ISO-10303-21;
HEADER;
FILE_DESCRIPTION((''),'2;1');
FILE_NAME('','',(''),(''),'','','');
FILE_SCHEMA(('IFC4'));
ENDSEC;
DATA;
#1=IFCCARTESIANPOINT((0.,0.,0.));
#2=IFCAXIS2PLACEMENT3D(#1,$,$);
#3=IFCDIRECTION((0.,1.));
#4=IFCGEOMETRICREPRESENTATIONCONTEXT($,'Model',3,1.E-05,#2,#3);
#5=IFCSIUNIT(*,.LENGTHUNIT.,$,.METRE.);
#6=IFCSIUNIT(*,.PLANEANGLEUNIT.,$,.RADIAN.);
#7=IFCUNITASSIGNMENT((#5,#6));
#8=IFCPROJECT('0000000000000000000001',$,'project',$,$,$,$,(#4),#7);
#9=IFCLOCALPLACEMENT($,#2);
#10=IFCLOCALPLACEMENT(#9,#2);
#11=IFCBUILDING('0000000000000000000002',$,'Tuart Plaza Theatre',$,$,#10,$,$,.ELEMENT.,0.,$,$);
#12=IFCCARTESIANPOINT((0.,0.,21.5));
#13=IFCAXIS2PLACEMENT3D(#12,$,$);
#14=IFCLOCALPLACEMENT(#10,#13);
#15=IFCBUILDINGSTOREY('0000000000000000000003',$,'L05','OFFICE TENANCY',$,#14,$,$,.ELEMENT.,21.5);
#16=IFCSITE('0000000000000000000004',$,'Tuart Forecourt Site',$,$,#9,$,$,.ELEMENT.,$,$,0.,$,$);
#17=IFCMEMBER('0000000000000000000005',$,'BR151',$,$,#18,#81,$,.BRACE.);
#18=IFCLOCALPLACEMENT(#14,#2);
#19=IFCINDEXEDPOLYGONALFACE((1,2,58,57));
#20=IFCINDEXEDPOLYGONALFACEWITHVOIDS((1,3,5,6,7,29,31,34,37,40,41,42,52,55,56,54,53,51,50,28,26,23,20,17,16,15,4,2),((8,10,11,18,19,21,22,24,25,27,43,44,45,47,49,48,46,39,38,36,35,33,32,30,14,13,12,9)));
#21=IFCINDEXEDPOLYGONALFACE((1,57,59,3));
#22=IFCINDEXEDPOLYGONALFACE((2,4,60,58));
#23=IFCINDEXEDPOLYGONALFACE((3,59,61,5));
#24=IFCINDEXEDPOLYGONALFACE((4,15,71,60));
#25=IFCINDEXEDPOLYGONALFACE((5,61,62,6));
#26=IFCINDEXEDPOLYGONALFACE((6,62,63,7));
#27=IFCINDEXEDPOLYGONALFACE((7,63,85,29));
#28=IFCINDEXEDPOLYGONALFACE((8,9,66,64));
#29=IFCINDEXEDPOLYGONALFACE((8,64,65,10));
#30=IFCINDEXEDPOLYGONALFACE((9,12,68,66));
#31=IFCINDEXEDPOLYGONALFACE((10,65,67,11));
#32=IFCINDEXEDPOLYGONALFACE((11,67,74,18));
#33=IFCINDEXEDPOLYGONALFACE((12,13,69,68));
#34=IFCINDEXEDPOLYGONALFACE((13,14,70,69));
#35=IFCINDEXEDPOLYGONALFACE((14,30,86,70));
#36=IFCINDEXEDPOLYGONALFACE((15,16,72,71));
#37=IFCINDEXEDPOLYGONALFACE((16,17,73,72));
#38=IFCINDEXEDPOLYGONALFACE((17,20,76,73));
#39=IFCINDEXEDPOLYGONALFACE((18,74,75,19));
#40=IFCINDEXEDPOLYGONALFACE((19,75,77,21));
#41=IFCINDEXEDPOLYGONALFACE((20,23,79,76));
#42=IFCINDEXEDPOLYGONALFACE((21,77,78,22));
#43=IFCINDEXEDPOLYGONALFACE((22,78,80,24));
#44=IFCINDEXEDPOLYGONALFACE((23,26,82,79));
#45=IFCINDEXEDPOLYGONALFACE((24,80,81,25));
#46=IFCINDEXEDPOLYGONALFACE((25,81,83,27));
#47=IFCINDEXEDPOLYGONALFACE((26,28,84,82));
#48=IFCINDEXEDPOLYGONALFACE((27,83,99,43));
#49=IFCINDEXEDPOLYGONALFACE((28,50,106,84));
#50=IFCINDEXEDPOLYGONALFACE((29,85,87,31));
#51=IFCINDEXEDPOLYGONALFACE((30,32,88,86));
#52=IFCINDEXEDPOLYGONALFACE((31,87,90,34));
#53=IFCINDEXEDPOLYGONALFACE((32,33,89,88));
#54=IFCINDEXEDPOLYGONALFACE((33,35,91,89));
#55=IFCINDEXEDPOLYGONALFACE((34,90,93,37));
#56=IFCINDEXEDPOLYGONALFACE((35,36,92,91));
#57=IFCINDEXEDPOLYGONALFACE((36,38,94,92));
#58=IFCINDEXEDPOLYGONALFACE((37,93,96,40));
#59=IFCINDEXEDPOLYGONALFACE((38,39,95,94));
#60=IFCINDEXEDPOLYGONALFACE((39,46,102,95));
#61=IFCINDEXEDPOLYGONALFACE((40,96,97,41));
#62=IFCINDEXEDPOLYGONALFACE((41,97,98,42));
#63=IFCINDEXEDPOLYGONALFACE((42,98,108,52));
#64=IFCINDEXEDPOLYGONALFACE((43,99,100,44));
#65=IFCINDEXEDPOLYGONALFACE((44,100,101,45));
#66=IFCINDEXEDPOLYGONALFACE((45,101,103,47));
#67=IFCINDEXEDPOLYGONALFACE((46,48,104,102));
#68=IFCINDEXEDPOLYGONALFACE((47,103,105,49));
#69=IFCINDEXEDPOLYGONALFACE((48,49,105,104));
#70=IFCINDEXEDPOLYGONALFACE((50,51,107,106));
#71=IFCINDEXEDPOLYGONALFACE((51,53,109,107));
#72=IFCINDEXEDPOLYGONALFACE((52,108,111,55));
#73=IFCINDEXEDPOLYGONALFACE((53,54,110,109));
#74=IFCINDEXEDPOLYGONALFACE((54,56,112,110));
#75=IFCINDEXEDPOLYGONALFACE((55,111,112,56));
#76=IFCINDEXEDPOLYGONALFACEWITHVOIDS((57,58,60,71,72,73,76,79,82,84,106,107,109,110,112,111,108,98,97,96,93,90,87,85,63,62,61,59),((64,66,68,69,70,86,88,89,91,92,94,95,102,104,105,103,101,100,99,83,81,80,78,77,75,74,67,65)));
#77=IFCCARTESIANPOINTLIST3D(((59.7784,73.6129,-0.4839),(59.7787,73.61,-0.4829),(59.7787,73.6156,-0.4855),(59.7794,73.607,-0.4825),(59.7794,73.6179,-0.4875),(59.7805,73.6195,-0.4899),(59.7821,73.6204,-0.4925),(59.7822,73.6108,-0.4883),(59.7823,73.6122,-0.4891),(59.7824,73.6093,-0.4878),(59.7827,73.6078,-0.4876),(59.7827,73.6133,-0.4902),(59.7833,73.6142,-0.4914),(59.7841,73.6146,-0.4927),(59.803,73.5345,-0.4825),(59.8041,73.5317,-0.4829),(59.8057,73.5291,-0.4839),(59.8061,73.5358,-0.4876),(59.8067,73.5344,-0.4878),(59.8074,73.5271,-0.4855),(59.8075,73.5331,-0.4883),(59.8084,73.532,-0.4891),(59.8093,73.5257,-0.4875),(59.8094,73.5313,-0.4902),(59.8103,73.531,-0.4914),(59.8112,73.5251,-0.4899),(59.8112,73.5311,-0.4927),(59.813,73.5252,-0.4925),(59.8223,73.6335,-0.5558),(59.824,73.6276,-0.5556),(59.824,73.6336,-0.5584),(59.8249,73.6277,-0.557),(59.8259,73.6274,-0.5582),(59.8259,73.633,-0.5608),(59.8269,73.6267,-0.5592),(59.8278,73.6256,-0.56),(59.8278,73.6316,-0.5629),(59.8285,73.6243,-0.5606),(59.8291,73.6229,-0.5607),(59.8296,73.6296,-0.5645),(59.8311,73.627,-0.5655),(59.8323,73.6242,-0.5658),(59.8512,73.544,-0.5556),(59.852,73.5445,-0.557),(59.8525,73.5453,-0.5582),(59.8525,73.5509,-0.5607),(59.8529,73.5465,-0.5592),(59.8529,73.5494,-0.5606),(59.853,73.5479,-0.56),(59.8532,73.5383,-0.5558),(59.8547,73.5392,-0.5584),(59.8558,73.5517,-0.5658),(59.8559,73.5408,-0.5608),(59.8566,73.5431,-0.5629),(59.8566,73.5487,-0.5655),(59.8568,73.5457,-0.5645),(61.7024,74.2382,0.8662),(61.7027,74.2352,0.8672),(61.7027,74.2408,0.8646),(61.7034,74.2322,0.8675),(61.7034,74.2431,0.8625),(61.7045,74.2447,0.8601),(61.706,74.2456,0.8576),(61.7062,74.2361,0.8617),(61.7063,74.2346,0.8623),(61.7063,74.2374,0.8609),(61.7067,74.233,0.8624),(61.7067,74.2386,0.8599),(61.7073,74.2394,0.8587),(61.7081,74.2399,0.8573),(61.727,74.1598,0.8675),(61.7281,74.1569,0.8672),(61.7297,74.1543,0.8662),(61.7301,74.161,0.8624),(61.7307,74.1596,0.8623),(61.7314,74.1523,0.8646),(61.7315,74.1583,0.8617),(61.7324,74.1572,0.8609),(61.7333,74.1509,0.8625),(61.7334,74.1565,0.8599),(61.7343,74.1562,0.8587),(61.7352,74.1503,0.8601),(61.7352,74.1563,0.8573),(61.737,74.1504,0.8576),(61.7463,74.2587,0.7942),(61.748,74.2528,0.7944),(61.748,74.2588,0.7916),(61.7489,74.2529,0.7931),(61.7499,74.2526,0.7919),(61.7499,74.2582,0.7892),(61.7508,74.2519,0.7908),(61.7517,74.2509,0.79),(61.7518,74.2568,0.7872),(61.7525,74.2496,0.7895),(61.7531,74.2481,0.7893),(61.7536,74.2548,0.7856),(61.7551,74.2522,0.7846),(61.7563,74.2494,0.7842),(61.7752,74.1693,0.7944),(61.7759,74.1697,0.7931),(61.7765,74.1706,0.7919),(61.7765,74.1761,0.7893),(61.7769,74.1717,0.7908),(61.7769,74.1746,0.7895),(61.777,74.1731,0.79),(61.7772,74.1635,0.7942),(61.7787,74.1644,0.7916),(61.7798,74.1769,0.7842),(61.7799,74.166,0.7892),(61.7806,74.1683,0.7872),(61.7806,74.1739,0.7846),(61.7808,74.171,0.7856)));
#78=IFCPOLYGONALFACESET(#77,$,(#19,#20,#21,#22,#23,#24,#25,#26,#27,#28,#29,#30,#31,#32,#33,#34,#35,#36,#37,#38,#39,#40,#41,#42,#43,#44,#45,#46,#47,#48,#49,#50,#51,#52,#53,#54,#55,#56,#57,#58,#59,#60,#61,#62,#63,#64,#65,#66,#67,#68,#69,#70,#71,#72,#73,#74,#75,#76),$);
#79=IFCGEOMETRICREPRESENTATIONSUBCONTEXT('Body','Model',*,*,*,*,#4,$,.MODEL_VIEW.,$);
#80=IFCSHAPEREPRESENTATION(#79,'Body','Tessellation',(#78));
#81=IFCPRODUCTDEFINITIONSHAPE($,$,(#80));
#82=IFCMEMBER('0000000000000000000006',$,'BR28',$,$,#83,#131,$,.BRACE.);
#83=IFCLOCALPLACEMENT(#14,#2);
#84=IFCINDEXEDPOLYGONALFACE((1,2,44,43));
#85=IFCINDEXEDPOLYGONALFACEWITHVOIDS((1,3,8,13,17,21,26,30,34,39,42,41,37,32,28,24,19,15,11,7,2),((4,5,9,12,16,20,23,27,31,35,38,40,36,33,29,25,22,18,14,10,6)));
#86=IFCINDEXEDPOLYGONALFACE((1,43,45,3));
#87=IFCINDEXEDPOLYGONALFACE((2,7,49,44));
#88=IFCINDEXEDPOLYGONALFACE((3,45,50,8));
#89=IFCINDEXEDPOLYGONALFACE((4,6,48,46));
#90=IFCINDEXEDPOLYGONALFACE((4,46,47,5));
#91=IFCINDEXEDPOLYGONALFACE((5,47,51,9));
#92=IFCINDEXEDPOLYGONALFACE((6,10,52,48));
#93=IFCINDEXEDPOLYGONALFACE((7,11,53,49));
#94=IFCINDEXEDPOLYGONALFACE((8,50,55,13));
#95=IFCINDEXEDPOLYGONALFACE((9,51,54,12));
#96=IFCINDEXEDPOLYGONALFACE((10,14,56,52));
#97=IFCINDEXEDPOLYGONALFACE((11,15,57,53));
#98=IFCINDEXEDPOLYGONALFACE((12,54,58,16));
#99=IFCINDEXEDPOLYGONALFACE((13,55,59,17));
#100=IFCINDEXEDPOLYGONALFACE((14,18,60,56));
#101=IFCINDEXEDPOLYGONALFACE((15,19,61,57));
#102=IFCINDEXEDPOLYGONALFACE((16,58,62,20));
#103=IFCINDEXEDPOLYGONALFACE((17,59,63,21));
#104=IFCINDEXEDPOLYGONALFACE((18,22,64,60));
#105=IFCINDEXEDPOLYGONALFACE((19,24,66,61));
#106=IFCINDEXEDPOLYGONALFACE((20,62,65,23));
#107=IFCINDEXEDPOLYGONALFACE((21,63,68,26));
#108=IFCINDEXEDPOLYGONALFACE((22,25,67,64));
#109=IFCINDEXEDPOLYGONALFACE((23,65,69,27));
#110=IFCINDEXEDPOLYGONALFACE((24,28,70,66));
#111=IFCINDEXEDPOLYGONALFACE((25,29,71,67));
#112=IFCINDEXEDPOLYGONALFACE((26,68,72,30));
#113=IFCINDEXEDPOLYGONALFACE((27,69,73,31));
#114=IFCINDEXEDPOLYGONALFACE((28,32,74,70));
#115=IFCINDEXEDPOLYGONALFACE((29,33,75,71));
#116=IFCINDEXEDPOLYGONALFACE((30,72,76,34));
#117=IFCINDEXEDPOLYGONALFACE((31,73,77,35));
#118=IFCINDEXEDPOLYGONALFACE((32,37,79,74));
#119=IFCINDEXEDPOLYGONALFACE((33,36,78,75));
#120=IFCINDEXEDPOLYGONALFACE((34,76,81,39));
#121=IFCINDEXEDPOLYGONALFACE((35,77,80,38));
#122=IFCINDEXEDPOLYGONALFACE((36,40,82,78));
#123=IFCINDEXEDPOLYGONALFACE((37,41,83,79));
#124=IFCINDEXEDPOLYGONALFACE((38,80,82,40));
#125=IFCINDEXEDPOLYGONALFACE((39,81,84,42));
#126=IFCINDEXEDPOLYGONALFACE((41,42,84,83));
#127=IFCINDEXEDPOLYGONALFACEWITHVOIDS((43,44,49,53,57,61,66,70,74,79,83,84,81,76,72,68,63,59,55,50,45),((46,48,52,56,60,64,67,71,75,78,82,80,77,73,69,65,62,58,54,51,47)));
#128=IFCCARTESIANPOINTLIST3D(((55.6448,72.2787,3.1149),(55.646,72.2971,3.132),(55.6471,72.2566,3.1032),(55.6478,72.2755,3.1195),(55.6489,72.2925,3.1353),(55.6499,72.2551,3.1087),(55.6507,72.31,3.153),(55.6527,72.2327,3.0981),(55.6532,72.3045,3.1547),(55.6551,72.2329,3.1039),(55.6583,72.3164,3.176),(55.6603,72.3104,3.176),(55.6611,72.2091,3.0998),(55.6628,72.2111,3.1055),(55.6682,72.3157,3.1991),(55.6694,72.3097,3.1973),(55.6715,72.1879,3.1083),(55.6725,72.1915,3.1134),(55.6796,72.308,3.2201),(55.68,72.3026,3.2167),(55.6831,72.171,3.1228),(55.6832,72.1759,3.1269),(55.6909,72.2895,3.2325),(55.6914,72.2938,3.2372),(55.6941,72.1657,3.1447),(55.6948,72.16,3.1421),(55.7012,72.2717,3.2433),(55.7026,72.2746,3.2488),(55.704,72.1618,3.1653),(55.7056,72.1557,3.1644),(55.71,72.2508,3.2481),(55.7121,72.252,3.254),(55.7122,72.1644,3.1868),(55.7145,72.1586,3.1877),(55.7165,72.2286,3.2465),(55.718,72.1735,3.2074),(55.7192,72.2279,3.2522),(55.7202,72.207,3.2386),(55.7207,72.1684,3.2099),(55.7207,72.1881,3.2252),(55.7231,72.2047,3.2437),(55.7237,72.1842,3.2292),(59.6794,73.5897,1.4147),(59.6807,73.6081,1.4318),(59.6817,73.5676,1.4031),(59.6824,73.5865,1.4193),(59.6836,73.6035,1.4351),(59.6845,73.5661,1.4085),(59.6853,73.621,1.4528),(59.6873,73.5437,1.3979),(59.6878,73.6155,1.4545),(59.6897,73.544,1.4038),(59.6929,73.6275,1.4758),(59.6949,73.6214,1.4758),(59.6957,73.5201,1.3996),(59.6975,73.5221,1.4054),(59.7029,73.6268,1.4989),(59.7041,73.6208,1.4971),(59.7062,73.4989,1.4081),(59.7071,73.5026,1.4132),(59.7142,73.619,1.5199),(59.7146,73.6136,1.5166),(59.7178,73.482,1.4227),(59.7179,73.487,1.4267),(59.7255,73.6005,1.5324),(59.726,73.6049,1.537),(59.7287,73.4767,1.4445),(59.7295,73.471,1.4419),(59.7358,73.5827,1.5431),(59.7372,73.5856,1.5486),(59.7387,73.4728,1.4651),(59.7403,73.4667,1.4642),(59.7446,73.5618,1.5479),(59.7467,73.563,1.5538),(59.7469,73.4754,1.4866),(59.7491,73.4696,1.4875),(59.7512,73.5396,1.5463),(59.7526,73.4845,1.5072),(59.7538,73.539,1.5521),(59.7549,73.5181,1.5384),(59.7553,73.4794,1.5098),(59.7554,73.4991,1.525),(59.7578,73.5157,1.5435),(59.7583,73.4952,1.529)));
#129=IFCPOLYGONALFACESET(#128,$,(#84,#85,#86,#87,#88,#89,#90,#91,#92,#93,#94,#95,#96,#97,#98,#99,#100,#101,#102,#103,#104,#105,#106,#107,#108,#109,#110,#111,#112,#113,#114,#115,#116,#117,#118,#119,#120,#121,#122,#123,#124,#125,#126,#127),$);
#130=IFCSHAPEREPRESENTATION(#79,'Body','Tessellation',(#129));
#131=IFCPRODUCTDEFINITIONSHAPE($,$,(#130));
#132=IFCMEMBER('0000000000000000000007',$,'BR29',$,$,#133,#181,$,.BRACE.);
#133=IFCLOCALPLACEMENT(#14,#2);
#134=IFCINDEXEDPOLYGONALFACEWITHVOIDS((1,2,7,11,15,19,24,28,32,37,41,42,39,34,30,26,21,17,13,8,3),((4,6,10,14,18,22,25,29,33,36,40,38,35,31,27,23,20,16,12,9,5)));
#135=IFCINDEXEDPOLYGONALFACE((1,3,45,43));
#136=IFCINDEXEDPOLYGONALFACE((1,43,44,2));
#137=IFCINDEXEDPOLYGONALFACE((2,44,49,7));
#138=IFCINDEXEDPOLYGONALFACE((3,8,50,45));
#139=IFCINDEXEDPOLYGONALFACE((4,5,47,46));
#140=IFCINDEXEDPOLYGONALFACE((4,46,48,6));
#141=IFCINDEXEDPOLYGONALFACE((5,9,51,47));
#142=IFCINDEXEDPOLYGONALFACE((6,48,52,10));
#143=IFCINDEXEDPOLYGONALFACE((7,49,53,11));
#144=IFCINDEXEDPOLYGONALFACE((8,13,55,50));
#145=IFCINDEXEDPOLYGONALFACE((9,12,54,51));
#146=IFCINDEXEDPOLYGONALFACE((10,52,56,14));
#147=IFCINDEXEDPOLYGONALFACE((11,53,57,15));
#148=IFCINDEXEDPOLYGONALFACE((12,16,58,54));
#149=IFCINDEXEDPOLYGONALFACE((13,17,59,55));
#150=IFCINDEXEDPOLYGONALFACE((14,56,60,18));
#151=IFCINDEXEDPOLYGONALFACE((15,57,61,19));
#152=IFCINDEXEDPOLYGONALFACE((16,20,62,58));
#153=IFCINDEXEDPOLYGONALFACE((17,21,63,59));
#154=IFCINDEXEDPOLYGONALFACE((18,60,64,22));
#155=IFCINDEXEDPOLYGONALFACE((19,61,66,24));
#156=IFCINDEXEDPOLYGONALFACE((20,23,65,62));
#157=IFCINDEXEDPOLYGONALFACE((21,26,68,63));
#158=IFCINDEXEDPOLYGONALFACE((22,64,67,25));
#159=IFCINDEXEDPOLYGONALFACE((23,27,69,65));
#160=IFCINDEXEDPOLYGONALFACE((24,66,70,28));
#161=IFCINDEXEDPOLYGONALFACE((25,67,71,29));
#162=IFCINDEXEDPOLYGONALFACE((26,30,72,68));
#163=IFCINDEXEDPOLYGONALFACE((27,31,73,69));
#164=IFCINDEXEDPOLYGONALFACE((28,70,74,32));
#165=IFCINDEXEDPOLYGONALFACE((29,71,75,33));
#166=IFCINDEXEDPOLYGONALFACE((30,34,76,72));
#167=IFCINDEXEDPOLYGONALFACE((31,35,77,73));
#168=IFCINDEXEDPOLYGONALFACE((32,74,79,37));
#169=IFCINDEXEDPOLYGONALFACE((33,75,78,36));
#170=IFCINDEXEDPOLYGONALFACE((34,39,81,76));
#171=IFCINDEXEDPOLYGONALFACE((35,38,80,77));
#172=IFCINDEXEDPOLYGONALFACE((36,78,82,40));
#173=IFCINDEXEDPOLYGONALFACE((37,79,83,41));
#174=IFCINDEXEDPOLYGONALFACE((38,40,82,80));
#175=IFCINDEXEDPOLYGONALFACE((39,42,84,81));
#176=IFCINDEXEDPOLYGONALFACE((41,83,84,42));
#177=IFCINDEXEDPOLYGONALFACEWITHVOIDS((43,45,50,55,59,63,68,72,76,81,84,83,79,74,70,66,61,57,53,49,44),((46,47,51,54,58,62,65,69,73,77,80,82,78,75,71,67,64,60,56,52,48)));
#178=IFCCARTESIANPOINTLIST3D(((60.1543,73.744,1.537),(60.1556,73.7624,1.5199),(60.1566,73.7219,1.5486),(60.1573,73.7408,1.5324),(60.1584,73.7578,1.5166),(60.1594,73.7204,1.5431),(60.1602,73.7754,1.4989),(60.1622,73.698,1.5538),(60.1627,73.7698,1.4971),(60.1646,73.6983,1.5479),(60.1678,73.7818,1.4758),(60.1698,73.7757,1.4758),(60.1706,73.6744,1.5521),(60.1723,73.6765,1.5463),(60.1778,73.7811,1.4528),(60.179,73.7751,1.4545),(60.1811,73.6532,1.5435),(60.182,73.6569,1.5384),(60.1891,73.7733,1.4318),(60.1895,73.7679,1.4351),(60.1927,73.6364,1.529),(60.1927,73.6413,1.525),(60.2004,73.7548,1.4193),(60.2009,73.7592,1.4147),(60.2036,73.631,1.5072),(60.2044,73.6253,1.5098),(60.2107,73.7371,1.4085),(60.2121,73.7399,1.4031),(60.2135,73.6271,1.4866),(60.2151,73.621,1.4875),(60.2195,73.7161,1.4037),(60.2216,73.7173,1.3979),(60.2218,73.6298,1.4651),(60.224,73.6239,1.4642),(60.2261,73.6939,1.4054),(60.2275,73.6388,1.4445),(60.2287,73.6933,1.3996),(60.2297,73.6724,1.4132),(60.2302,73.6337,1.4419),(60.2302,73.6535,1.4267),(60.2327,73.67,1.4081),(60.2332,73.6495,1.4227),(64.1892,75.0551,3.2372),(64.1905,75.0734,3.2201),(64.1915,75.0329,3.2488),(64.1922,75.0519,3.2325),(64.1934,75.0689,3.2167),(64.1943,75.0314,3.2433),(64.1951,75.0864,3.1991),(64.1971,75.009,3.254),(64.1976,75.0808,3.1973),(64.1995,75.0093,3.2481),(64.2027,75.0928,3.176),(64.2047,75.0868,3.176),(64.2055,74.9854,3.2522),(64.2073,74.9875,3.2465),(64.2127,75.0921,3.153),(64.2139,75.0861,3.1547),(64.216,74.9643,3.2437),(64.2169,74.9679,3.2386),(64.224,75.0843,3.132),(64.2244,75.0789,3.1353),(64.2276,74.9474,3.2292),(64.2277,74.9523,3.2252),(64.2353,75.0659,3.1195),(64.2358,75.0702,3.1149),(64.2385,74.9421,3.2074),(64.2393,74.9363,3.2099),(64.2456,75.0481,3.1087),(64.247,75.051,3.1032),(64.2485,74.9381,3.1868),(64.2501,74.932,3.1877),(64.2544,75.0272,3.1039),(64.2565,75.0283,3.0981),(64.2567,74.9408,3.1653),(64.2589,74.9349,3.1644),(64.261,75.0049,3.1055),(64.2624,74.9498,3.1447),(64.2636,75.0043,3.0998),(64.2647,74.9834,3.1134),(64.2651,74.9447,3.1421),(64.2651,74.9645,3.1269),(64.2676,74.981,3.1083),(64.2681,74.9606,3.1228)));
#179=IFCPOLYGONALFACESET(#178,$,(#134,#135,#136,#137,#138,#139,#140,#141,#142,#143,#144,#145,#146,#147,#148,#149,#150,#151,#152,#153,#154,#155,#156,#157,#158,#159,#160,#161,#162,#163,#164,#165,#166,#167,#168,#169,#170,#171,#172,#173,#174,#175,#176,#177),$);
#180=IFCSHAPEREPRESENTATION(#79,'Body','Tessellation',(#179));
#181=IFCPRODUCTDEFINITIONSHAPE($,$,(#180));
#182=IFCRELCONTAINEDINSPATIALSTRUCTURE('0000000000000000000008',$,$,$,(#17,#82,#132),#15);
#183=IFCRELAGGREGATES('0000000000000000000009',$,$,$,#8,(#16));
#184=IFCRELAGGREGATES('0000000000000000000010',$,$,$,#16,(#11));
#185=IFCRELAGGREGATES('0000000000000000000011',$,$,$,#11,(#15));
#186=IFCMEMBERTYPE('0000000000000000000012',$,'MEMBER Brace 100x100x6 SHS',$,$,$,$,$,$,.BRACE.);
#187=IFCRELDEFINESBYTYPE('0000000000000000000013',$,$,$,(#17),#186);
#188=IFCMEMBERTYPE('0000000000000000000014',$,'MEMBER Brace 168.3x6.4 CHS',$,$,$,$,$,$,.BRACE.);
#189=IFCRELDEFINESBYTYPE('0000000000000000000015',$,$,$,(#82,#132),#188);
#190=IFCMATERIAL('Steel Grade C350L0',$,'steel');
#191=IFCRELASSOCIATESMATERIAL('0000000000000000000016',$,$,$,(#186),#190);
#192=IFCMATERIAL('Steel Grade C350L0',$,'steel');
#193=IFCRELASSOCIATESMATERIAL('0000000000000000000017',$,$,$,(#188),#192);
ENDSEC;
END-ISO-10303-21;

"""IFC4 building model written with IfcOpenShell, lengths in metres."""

from ifc_helpers import new_model, si_unit, direction, frame, origin, origin_2d, place, context, subcontext, project, spatial, hollow_rectangle, hollow_circle, extrude, material, material_profile, profile_set, type_object, element, save


model = new_model("IFC4")

# Units and contexts
model_context = context("Model", 3, precision=1e-05, world=origin(), true_north=direction((0.0, 1.0)))
body_context = subcontext(model_context, "Body", "Model", "MODEL_VIEW")
ifc_project = project(units=[si_unit("LENGTHUNIT", "METRE"), si_unit("PLANEANGLEUNIT", "RADIAN")], contexts=[model_context])

# Site, building, storey
site_placement = place(None, origin())
site = spatial("IfcSite", under=ifc_project, at=site_placement, Name="Tuart Forecourt Site", CompositionType="ELEMENT", RefElevation=0.0)
building_placement = place(site_placement, origin())
building = spatial("IfcBuilding", under=site, at=building_placement, Name="Tuart Plaza Theatre", CompositionType="ELEMENT", ElevationOfRefHeight=0.0)
storey_placement = place(building_placement, frame((0.0, 0.0, 21.5)))
storey = spatial("IfcBuildingStorey", under=building, at=storey_placement, Name="L05", Description="OFFICE TENANCY", CompositionType="ELEMENT", Elevation=21.5)

# Members
ifc_material_1 = material(Name="Steel Grade C350L0", Category="steel")
ifc_material_profile_1 = material_profile(ifc_material_1, hollow_rectangle(XDim=0.1001, YDim=0.1001, WallThickness=0.0061, InnerFilletRadius=0.0061, OuterFilletRadius=0.012, at=origin_2d()), Name="100x100x6 SHS")
ifc_profile_set_1 = profile_set([ifc_material_profile_1], Name="Steel Grade C350L0")
member_type_1 = type_object("IfcMemberType", Name="MEMBER Brace 100x100x6 SHS", PredefinedType="BRACE", material=ifc_profile_set_1)
for number, where, z_axis, x_axis, name in (
    (1, (59.8176, 73.5793, -0.5242), (0.791073, 0.257066, 0.555086), (-0.309051, 0.951046, 0.0), "BR151"),
):
    element("IfcMember", number, at=place(storey_placement, frame(where, z_axis=z_axis, x_axis=x_axis)), inside=storey, type_object=member_type_1, Name=name, PredefinedType="BRACE", context=body_context, shape_type="SweptSolid", body=[
        extrude(hollow_rectangle(XDim=0.1001, YDim=0.1001, WallThickness=0.0061, InnerFilletRadius=0.0061, OuterFilletRadius=0.012, at=origin_2d()), origin(), (0.0, 0.0, 1.0), 2.4321),
    ])
ifc_material_2 = material(Name="Steel Grade C350L0", Category="steel")
ifc_material_profile_2 = material_profile(ifc_material_2, hollow_circle(Radius=0.0842, WallThickness=0.0063, at=origin_2d()), Name="168.3x6.4 CHS")
ifc_profile_set_2 = profile_set([ifc_material_profile_2], Name="Steel Grade C350L0")
member_type_2 = type_object("IfcMemberType", Name="MEMBER Brace 168.3x6.4 CHS", PredefinedType="BRACE", material=ifc_profile_set_2)
member_1_placement = place(storey_placement, frame((55.6843, 72.2363, 3.176), z_axis=(0.882794, 0.286857, -0.372006), x_axis=(-0.309037, 0.95105, 0.0)))
element("IfcMember", 2, at=member_1_placement, inside=storey, type_object=member_type_2, Name="BR28", PredefinedType="BRACE", context=body_context, shape_type="SweptSolid", body=[
    extrude(hollow_circle(Radius=0.0842, WallThickness=0.0063, at=origin_2d()), origin(), (0.0, 0.0, 1.0), 4.5703),
])
member_2_placement = place(storey_placement, frame((60.1938, 73.7017, 1.4758), z_axis=(0.882805, 0.286844, 0.371989), x_axis=(-0.30902, 0.951056, 0.0)))
element("IfcMember", 3, at=member_2_placement, inside=storey, type_object=member_type_2, Name="BR29", PredefinedType="BRACE", context=body_context, shape_type="SweptSolid", body=[
    extrude(hollow_circle(Radius=0.0842, WallThickness=0.0063, at=origin_2d()), origin(), (0.0, 0.0, 1.0), 4.5706),
])

save(model, "model.ifc")
